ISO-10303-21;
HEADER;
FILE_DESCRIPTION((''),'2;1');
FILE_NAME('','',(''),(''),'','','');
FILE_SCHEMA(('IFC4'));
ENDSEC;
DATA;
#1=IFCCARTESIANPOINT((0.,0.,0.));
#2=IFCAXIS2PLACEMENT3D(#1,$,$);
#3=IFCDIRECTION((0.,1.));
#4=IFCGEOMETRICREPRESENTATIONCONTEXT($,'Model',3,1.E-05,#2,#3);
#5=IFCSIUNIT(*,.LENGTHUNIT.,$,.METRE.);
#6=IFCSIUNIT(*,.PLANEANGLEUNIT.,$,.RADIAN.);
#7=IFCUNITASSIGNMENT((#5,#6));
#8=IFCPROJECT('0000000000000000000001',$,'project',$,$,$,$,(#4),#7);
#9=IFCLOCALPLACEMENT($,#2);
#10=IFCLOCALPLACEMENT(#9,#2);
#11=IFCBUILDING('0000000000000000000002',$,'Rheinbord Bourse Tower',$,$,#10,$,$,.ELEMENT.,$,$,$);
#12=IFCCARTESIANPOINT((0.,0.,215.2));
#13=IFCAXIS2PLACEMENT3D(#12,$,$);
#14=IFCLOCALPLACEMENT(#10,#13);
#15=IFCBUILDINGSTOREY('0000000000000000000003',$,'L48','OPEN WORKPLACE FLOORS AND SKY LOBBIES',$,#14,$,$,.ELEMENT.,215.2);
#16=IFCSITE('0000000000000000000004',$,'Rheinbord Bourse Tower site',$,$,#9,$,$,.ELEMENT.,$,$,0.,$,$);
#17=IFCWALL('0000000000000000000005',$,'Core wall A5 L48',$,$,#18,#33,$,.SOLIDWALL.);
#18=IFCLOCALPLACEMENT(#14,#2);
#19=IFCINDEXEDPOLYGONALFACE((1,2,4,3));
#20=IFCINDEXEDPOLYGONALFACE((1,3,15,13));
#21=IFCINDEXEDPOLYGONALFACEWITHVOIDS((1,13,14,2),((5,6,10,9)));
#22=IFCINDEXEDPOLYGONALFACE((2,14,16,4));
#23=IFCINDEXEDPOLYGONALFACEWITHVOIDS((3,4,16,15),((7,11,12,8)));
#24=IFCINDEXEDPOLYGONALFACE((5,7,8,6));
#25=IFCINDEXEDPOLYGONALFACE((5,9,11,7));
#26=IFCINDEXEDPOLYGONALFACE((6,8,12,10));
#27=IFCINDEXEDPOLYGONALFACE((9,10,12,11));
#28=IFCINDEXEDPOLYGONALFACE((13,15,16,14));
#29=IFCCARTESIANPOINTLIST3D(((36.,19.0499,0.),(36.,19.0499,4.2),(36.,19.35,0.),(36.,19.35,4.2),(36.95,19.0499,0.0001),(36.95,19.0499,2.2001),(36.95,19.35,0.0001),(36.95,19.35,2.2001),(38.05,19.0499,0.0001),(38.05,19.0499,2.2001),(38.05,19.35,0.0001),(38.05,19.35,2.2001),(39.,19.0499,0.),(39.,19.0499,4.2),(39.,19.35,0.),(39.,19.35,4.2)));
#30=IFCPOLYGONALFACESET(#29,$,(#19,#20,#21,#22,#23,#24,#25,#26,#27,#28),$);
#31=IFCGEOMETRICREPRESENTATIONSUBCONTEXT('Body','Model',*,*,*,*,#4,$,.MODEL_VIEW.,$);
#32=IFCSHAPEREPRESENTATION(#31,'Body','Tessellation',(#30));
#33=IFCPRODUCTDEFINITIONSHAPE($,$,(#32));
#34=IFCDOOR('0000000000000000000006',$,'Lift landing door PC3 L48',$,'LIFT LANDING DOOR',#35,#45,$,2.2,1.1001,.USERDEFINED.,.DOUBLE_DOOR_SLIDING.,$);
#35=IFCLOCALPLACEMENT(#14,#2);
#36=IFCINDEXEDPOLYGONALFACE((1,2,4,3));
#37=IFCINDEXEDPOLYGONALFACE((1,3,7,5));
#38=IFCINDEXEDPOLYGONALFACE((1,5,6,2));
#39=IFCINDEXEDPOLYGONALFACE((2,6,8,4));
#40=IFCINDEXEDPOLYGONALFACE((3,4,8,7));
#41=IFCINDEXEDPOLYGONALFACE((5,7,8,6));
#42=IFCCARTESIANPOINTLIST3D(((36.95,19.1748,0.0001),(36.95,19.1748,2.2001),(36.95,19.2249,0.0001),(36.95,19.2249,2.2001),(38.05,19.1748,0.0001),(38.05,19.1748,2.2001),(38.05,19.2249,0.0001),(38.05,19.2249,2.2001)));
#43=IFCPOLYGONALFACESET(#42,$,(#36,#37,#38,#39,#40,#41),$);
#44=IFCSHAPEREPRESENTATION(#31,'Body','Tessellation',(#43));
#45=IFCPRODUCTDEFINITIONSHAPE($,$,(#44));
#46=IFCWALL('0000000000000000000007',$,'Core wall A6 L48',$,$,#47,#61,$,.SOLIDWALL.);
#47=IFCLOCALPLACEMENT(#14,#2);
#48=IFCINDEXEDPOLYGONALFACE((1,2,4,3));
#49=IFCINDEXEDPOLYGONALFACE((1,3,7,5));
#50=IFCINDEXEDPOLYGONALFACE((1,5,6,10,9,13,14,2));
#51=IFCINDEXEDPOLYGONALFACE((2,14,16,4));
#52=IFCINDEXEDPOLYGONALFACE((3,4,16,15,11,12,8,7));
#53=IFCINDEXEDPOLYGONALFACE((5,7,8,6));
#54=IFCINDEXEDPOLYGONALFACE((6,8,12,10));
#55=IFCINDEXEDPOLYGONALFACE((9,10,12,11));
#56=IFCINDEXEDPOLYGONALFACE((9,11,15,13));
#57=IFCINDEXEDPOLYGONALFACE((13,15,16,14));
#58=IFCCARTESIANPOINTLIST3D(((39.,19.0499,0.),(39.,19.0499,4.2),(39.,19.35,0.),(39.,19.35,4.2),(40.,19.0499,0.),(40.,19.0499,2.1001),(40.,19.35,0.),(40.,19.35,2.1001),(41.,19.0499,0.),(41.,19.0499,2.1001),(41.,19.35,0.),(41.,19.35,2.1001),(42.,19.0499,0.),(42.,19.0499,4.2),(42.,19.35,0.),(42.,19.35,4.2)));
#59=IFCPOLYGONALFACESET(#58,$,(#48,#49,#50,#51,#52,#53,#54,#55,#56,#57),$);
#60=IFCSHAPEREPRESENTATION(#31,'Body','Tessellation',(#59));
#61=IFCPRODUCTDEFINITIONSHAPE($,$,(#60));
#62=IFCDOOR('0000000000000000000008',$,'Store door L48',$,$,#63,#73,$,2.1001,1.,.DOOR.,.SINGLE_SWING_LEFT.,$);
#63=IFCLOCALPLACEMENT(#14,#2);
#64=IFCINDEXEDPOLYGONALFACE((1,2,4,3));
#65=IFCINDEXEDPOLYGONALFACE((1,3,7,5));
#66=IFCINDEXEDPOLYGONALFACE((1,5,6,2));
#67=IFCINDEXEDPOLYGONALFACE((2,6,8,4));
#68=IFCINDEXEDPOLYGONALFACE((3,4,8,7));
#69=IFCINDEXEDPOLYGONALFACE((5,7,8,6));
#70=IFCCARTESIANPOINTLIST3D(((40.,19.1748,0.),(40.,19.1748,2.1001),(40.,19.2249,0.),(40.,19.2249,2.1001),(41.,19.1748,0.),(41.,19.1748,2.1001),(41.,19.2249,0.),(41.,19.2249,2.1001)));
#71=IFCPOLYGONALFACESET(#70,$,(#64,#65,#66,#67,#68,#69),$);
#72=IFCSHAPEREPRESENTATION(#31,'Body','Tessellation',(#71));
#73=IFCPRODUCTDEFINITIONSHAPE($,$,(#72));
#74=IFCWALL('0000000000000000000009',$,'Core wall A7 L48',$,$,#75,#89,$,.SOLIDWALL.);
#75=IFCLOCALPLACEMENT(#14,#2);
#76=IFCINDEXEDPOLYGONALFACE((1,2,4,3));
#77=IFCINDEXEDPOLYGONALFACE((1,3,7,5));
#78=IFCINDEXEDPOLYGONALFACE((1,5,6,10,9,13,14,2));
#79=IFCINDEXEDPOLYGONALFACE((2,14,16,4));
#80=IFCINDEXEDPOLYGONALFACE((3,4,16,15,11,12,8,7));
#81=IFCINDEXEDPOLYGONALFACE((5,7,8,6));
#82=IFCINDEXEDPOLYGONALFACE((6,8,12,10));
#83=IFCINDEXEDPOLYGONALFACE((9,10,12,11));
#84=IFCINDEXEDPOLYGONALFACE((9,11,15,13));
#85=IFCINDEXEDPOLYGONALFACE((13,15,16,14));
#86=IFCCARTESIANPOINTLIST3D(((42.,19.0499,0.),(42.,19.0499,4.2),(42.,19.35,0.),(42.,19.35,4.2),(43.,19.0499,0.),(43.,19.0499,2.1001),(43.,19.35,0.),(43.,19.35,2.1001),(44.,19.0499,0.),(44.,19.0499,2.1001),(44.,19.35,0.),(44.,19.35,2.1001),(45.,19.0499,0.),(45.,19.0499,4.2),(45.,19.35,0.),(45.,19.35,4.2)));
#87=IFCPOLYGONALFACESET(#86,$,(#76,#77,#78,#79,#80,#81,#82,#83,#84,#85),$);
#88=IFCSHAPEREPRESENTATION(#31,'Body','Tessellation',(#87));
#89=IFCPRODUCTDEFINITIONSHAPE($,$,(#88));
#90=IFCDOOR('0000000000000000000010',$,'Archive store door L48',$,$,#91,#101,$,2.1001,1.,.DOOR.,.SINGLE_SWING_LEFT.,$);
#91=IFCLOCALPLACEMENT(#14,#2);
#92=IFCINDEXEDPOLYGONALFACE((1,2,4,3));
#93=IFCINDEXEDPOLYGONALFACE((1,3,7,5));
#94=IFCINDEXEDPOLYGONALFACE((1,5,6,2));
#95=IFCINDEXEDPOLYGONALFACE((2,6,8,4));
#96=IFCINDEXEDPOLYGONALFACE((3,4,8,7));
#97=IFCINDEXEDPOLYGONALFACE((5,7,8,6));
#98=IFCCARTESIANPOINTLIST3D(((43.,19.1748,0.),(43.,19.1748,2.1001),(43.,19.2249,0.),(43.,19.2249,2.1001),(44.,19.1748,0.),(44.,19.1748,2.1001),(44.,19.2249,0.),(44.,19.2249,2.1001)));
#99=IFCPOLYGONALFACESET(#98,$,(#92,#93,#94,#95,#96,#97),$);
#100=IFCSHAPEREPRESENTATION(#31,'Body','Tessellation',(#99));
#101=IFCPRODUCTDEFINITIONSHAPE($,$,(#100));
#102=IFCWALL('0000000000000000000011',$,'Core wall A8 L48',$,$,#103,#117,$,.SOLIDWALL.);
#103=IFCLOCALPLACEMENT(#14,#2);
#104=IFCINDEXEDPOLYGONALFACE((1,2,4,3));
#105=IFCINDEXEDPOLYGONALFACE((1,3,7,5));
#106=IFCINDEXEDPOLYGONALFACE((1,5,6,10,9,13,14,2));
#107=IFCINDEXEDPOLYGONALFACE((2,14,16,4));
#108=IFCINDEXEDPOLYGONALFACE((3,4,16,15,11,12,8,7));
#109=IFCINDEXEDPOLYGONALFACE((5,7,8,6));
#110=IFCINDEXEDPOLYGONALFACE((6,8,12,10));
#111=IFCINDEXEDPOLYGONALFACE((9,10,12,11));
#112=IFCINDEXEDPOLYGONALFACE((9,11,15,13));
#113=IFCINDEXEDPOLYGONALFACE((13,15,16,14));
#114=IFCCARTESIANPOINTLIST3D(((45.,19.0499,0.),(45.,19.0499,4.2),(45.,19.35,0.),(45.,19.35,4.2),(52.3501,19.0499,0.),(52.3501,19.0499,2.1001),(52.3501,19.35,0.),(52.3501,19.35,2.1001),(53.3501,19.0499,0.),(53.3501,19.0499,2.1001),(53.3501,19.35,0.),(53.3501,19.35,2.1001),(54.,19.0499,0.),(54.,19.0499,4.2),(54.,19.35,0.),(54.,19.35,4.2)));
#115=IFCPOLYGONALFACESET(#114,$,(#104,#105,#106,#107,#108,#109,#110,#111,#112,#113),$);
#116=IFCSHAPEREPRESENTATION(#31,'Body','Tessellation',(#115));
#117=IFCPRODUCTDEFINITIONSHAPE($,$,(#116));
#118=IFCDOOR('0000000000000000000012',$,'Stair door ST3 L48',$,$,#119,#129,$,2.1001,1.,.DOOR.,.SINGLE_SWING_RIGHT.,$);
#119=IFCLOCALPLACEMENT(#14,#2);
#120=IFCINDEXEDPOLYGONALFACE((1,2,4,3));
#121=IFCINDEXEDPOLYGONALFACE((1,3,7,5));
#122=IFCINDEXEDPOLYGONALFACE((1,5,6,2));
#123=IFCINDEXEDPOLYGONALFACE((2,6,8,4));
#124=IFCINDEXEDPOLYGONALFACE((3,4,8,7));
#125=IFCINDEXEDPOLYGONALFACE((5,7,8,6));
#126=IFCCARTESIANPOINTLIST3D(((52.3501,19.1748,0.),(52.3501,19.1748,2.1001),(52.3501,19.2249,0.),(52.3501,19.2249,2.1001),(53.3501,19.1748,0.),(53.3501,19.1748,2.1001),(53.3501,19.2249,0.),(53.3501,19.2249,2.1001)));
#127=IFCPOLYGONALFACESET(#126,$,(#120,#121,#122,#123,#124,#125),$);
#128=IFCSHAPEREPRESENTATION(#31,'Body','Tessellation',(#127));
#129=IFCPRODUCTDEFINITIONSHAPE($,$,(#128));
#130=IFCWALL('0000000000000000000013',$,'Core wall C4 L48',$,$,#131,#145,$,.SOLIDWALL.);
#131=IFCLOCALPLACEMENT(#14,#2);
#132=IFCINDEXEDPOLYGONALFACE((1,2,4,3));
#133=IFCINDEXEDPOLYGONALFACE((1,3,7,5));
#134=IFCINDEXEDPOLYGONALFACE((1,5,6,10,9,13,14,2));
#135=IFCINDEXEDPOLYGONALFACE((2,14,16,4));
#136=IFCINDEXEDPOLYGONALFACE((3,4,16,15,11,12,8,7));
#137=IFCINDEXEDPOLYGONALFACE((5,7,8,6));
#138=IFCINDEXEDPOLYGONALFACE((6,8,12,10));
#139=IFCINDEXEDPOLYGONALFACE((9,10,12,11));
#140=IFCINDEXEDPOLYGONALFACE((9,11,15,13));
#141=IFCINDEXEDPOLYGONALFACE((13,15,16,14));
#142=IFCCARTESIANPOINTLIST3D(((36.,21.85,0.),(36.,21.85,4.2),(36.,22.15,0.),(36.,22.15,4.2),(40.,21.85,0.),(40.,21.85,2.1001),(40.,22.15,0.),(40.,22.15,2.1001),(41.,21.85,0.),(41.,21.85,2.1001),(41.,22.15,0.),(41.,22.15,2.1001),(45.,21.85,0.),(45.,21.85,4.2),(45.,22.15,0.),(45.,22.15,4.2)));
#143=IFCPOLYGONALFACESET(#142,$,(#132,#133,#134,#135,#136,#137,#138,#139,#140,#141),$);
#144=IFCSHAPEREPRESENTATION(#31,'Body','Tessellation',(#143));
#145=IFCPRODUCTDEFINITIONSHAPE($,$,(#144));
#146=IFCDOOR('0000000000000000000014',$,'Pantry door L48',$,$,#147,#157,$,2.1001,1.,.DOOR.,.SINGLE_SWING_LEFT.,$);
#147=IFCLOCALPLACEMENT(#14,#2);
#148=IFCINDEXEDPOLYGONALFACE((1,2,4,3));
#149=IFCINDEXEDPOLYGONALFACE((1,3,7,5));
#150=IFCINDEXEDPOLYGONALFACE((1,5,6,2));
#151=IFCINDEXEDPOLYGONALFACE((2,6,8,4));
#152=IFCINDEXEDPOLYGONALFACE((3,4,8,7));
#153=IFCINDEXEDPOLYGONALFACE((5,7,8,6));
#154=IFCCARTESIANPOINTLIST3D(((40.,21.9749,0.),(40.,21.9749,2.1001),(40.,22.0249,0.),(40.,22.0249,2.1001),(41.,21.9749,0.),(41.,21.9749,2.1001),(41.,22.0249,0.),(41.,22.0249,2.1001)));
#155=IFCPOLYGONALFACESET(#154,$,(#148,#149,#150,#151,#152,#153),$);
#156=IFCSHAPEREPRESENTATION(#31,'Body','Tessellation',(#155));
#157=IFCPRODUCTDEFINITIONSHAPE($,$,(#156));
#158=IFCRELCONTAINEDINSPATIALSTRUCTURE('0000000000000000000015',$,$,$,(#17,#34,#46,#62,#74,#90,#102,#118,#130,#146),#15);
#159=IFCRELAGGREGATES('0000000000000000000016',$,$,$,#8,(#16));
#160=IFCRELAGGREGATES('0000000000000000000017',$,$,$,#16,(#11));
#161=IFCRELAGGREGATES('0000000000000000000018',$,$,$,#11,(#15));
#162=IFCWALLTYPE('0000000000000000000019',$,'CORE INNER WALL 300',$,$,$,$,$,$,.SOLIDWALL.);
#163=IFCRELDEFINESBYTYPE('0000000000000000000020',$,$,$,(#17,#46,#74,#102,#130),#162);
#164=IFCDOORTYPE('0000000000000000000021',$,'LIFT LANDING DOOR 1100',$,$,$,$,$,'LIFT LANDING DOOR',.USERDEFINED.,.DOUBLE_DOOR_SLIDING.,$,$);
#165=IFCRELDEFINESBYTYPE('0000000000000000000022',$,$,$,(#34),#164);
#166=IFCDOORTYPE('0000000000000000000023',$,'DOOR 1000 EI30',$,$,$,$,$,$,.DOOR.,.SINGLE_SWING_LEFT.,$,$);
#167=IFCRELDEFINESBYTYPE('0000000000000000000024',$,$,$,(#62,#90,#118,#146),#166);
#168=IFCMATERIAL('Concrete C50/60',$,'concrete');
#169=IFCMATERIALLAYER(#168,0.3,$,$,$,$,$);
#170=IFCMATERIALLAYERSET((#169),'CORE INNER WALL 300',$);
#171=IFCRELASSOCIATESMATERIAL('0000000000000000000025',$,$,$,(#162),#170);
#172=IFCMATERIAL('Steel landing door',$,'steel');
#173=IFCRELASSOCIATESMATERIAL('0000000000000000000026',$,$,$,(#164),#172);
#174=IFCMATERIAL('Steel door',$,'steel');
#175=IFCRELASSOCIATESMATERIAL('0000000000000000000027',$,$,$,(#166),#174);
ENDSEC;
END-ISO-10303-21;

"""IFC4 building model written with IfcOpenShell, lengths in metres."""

from ifc_helpers import new_model, si_unit, direction, frame, frame_2d, origin, place, context, subcontext, project, spatial, rectangle, extrude, material, layer, layer_set, type_object, element, fill, save


model = new_model("IFC4")

# Units and contexts
model_context = context("Model", 3, precision=1e-05, world=origin(), true_north=direction((0.0, 1.0)))
body_context = subcontext(model_context, "Body", "Model", "MODEL_VIEW")
ifc_project = project(units=[si_unit("LENGTHUNIT", "METRE"), si_unit("PLANEANGLEUNIT", "RADIAN")], contexts=[model_context])

# Site, building, storey
site_placement = place(None, origin())
site = spatial("IfcSite", under=ifc_project, at=site_placement, Name="Rheinbord Bourse Tower site", CompositionType="ELEMENT", RefElevation=0.0)
building_placement = place(site_placement, origin())
building = spatial("IfcBuilding", under=site, at=building_placement, Name="Rheinbord Bourse Tower", CompositionType="ELEMENT")
storey_placement = place(building_placement, frame((0.0, 0.0, 215.2)))
storey = spatial("IfcBuildingStorey", under=building, at=storey_placement, Name="L48", Description="OPEN WORKPLACE FLOORS AND SKY LOBBIES", CompositionType="ELEMENT", Elevation=215.2)

# Walls, openings, doors
ifc_material_1 = material(Name="Concrete C50/60", Category="concrete")
ifc_layer_1 = layer(ifc_material_1, 0.3)
ifc_layer_set_1 = layer_set([ifc_layer_1], Name="CORE INNER WALL 300")
wall_type_1 = type_object("IfcWallType", Name="CORE INNER WALL 300", PredefinedType="SOLIDWALL", material=ifc_layer_set_1)
wall_1_placement = place(storey_placement, frame((36.0, 19.2, 0.0), z_axis=(0.0, 0.0, 1.0), x_axis=(1.0, 0.0, 0.0)))
wall_1 = element("IfcWall", 1, at=wall_1_placement, inside=storey, type_object=wall_type_1, Name="Core wall A5 L48", PredefinedType="SOLIDWALL", context=body_context, shape_type="SweptSolid", body=[
    extrude(rectangle(XDim=3.0, YDim=0.3, at=frame_2d((1.5, 0.0))), origin(), (0.0, 0.0, 1.0), 4.2),
])
opening_1_placement = place(wall_1_placement, frame((0.95, 0.0, 0.0)))
opening_1 = element("IfcOpeningElement", 2, at=opening_1_placement, cuts=wall_1, PredefinedType="OPENING", context=body_context, shape_type="SweptSolid", body=[
    extrude(rectangle(XDim=1.1001, YDim=2.2, at=frame_2d((0.55, 1.1001))), frame((0.0, 0.1599, 0.0), z_axis=(0.0, -1.0, 0.0), x_axis=(1.0, 0.0, 0.0)), (0.0, 0.0, 1.0), 0.3201),
])
ifc_material_2 = material(Name="Steel landing door", Category="steel")
door_type_1 = type_object("IfcDoorType", Name="LIFT LANDING DOOR 1100", ElementType="LIFT LANDING DOOR", OperationType="DOUBLE_DOOR_SLIDING", PredefinedType="USERDEFINED", material=ifc_material_2)
door_1_placement = place(opening_1_placement, origin())
door_1 = element("IfcDoor", 3, at=door_1_placement, inside=storey, type_object=door_type_1, Name="Lift landing door PC3 L48", ObjectType="LIFT LANDING DOOR", OperationType="DOUBLE_DOOR_SLIDING", OverallHeight=2.2, OverallWidth=1.1001, PredefinedType="USERDEFINED", context=body_context, shape_type="SweptSolid", body=[
    extrude(rectangle(XDim=1.1001, YDim=2.2, at=frame_2d((0.55, 1.1001))), frame((0.0, 0.0249, 0.0), z_axis=(0.0, -1.0, 0.0), x_axis=(1.0, 0.0, 0.0)), (0.0, 0.0, 1.0), 0.05),
])
fill(opening_1, door_1)
wall_2_placement = place(storey_placement, frame((39.0, 19.2, 0.0), z_axis=(0.0, 0.0, 1.0), x_axis=(1.0, 0.0, 0.0)))
wall_2 = element("IfcWall", 4, at=wall_2_placement, inside=storey, type_object=wall_type_1, Name="Core wall A6 L48", PredefinedType="SOLIDWALL", context=body_context, shape_type="SweptSolid", body=[
    extrude(rectangle(XDim=3.0, YDim=0.3, at=frame_2d((1.5, 0.0))), origin(), (0.0, 0.0, 1.0), 4.2),
])
opening_2_placement = place(wall_2_placement, frame((1.0, 0.0, 0.0)))
opening_2 = element("IfcOpeningElement", 5, at=opening_2_placement, cuts=wall_2, PredefinedType="OPENING", context=body_context, shape_type="SweptSolid", body=[
    extrude(rectangle(XDim=1.0, YDim=2.1001, at=frame_2d((0.5, 1.05))), frame((0.0, 0.1599, 0.0), z_axis=(0.0, -1.0, 0.0), x_axis=(1.0, 0.0, 0.0)), (0.0, 0.0, 1.0), 0.3201),
])
ifc_material_3 = material(Name="Steel door", Category="steel")
door_type_2 = type_object("IfcDoorType", Name="DOOR 1000 EI30", OperationType="SINGLE_SWING_LEFT", PredefinedType="DOOR", material=ifc_material_3)
door_2_placement = place(opening_2_placement, origin())
door_2 = element("IfcDoor", 6, at=door_2_placement, inside=storey, type_object=door_type_2, Name="Store door L48", OperationType="SINGLE_SWING_LEFT", OverallHeight=2.1001, OverallWidth=1.0, PredefinedType="DOOR", context=body_context, shape_type="SweptSolid", body=[
    extrude(rectangle(XDim=1.0, YDim=2.1001, at=frame_2d((0.5, 1.05))), frame((0.0, 0.0249, 0.0), z_axis=(0.0, -1.0, 0.0), x_axis=(1.0, 0.0, 0.0)), (0.0, 0.0, 1.0), 0.05),
])
fill(opening_2, door_2)
wall_3_placement = place(storey_placement, frame((42.0, 19.2, 0.0), z_axis=(0.0, 0.0, 1.0), x_axis=(1.0, 0.0, 0.0)))
wall_3 = element("IfcWall", 7, at=wall_3_placement, inside=storey, type_object=wall_type_1, Name="Core wall A7 L48", PredefinedType="SOLIDWALL", context=body_context, shape_type="SweptSolid", body=[
    extrude(rectangle(XDim=3.0, YDim=0.3, at=frame_2d((1.5, 0.0))), origin(), (0.0, 0.0, 1.0), 4.2),
])
opening_3_placement = place(wall_3_placement, frame((1.0, 0.0, 0.0)))
opening_3 = element("IfcOpeningElement", 8, at=opening_3_placement, cuts=wall_3, PredefinedType="OPENING", context=body_context, shape_type="SweptSolid", body=[
    extrude(rectangle(XDim=1.0, YDim=2.1001, at=frame_2d((0.5, 1.05))), frame((0.0, 0.1599, 0.0), z_axis=(0.0, -1.0, 0.0), x_axis=(1.0, 0.0, 0.0)), (0.0, 0.0, 1.0), 0.3201),
])
door_3_placement = place(opening_3_placement, origin())
door_3 = element("IfcDoor", 9, at=door_3_placement, inside=storey, type_object=door_type_2, Name="Archive store door L48", OperationType="SINGLE_SWING_LEFT", OverallHeight=2.1001, OverallWidth=1.0, PredefinedType="DOOR", context=body_context, shape_type="SweptSolid", body=[
    extrude(rectangle(XDim=1.0, YDim=2.1001, at=frame_2d((0.5, 1.05))), frame((0.0, 0.0249, 0.0), z_axis=(0.0, -1.0, 0.0), x_axis=(1.0, 0.0, 0.0)), (0.0, 0.0, 1.0), 0.05),
])
fill(opening_3, door_3)
wall_4_placement = place(storey_placement, frame((45.0, 19.2, 0.0), z_axis=(0.0, 0.0, 1.0), x_axis=(1.0, 0.0, 0.0)))
wall_4 = element("IfcWall", 10, at=wall_4_placement, inside=storey, type_object=wall_type_1, Name="Core wall A8 L48", PredefinedType="SOLIDWALL", context=body_context, shape_type="SweptSolid", body=[
    extrude(rectangle(XDim=9.0, YDim=0.3, at=frame_2d((4.5, 0.0))), origin(), (0.0, 0.0, 1.0), 4.2),
])
opening_4_placement = place(wall_4_placement, frame((7.3501, 0.0, 0.0)))
opening_4 = element("IfcOpeningElement", 11, at=opening_4_placement, cuts=wall_4, PredefinedType="OPENING", context=body_context, shape_type="SweptSolid", body=[
    extrude(rectangle(XDim=1.0, YDim=2.1001, at=frame_2d((0.5, 1.05))), frame((0.0, 0.1599, 0.0), z_axis=(0.0, -1.0, 0.0), x_axis=(1.0, 0.0, 0.0)), (0.0, 0.0, 1.0), 0.3201),
])
door_4_placement = place(opening_4_placement, origin())
door_4 = element("IfcDoor", 12, at=door_4_placement, inside=storey, type_object=door_type_2, Name="Stair door ST3 L48", OperationType="SINGLE_SWING_RIGHT", OverallHeight=2.1001, OverallWidth=1.0, PredefinedType="DOOR", context=body_context, shape_type="SweptSolid", body=[
    extrude(rectangle(XDim=1.0, YDim=2.1001, at=frame_2d((0.5, 1.05))), frame((0.0, 0.0249, 0.0), z_axis=(0.0, -1.0, 0.0), x_axis=(1.0, 0.0, 0.0)), (0.0, 0.0, 1.0), 0.05),
])
fill(opening_4, door_4)
wall_5_placement = place(storey_placement, frame((36.0, 22.0, 0.0), z_axis=(0.0, 0.0, 1.0), x_axis=(1.0, 0.0, 0.0)))
wall_5 = element("IfcWall", 13, at=wall_5_placement, inside=storey, type_object=wall_type_1, Name="Core wall C4 L48", PredefinedType="SOLIDWALL", context=body_context, shape_type="SweptSolid", body=[
    extrude(rectangle(XDim=9.0, YDim=0.3, at=frame_2d((4.5, 0.0))), origin(), (0.0, 0.0, 1.0), 4.2),
])
opening_5_placement = place(wall_5_placement, frame((4.0, 0.0, 0.0)))
opening_5 = element("IfcOpeningElement", 14, at=opening_5_placement, cuts=wall_5, PredefinedType="OPENING", context=body_context, shape_type="SweptSolid", body=[
    extrude(rectangle(XDim=1.0, YDim=2.1001, at=frame_2d((0.5, 1.05))), frame((0.0, 0.1599, 0.0), z_axis=(0.0, -1.0, 0.0), x_axis=(1.0, 0.0, 0.0)), (0.0, 0.0, 1.0), 0.3201),
])
door_5_placement = place(opening_5_placement, origin())
door_5 = element("IfcDoor", 15, at=door_5_placement, inside=storey, type_object=door_type_2, Name="Pantry door L48", OperationType="SINGLE_SWING_LEFT", OverallHeight=2.1001, OverallWidth=1.0, PredefinedType="DOOR", context=body_context, shape_type="SweptSolid", body=[
    extrude(rectangle(XDim=1.0, YDim=2.1001, at=frame_2d((0.5, 1.05))), frame((0.0, 0.0249, 0.0), z_axis=(0.0, -1.0, 0.0), x_axis=(1.0, 0.0, 0.0)), (0.0, 0.0, 1.0), 0.05),
])
fill(opening_5, door_5)

save(model, "model.ifc")
